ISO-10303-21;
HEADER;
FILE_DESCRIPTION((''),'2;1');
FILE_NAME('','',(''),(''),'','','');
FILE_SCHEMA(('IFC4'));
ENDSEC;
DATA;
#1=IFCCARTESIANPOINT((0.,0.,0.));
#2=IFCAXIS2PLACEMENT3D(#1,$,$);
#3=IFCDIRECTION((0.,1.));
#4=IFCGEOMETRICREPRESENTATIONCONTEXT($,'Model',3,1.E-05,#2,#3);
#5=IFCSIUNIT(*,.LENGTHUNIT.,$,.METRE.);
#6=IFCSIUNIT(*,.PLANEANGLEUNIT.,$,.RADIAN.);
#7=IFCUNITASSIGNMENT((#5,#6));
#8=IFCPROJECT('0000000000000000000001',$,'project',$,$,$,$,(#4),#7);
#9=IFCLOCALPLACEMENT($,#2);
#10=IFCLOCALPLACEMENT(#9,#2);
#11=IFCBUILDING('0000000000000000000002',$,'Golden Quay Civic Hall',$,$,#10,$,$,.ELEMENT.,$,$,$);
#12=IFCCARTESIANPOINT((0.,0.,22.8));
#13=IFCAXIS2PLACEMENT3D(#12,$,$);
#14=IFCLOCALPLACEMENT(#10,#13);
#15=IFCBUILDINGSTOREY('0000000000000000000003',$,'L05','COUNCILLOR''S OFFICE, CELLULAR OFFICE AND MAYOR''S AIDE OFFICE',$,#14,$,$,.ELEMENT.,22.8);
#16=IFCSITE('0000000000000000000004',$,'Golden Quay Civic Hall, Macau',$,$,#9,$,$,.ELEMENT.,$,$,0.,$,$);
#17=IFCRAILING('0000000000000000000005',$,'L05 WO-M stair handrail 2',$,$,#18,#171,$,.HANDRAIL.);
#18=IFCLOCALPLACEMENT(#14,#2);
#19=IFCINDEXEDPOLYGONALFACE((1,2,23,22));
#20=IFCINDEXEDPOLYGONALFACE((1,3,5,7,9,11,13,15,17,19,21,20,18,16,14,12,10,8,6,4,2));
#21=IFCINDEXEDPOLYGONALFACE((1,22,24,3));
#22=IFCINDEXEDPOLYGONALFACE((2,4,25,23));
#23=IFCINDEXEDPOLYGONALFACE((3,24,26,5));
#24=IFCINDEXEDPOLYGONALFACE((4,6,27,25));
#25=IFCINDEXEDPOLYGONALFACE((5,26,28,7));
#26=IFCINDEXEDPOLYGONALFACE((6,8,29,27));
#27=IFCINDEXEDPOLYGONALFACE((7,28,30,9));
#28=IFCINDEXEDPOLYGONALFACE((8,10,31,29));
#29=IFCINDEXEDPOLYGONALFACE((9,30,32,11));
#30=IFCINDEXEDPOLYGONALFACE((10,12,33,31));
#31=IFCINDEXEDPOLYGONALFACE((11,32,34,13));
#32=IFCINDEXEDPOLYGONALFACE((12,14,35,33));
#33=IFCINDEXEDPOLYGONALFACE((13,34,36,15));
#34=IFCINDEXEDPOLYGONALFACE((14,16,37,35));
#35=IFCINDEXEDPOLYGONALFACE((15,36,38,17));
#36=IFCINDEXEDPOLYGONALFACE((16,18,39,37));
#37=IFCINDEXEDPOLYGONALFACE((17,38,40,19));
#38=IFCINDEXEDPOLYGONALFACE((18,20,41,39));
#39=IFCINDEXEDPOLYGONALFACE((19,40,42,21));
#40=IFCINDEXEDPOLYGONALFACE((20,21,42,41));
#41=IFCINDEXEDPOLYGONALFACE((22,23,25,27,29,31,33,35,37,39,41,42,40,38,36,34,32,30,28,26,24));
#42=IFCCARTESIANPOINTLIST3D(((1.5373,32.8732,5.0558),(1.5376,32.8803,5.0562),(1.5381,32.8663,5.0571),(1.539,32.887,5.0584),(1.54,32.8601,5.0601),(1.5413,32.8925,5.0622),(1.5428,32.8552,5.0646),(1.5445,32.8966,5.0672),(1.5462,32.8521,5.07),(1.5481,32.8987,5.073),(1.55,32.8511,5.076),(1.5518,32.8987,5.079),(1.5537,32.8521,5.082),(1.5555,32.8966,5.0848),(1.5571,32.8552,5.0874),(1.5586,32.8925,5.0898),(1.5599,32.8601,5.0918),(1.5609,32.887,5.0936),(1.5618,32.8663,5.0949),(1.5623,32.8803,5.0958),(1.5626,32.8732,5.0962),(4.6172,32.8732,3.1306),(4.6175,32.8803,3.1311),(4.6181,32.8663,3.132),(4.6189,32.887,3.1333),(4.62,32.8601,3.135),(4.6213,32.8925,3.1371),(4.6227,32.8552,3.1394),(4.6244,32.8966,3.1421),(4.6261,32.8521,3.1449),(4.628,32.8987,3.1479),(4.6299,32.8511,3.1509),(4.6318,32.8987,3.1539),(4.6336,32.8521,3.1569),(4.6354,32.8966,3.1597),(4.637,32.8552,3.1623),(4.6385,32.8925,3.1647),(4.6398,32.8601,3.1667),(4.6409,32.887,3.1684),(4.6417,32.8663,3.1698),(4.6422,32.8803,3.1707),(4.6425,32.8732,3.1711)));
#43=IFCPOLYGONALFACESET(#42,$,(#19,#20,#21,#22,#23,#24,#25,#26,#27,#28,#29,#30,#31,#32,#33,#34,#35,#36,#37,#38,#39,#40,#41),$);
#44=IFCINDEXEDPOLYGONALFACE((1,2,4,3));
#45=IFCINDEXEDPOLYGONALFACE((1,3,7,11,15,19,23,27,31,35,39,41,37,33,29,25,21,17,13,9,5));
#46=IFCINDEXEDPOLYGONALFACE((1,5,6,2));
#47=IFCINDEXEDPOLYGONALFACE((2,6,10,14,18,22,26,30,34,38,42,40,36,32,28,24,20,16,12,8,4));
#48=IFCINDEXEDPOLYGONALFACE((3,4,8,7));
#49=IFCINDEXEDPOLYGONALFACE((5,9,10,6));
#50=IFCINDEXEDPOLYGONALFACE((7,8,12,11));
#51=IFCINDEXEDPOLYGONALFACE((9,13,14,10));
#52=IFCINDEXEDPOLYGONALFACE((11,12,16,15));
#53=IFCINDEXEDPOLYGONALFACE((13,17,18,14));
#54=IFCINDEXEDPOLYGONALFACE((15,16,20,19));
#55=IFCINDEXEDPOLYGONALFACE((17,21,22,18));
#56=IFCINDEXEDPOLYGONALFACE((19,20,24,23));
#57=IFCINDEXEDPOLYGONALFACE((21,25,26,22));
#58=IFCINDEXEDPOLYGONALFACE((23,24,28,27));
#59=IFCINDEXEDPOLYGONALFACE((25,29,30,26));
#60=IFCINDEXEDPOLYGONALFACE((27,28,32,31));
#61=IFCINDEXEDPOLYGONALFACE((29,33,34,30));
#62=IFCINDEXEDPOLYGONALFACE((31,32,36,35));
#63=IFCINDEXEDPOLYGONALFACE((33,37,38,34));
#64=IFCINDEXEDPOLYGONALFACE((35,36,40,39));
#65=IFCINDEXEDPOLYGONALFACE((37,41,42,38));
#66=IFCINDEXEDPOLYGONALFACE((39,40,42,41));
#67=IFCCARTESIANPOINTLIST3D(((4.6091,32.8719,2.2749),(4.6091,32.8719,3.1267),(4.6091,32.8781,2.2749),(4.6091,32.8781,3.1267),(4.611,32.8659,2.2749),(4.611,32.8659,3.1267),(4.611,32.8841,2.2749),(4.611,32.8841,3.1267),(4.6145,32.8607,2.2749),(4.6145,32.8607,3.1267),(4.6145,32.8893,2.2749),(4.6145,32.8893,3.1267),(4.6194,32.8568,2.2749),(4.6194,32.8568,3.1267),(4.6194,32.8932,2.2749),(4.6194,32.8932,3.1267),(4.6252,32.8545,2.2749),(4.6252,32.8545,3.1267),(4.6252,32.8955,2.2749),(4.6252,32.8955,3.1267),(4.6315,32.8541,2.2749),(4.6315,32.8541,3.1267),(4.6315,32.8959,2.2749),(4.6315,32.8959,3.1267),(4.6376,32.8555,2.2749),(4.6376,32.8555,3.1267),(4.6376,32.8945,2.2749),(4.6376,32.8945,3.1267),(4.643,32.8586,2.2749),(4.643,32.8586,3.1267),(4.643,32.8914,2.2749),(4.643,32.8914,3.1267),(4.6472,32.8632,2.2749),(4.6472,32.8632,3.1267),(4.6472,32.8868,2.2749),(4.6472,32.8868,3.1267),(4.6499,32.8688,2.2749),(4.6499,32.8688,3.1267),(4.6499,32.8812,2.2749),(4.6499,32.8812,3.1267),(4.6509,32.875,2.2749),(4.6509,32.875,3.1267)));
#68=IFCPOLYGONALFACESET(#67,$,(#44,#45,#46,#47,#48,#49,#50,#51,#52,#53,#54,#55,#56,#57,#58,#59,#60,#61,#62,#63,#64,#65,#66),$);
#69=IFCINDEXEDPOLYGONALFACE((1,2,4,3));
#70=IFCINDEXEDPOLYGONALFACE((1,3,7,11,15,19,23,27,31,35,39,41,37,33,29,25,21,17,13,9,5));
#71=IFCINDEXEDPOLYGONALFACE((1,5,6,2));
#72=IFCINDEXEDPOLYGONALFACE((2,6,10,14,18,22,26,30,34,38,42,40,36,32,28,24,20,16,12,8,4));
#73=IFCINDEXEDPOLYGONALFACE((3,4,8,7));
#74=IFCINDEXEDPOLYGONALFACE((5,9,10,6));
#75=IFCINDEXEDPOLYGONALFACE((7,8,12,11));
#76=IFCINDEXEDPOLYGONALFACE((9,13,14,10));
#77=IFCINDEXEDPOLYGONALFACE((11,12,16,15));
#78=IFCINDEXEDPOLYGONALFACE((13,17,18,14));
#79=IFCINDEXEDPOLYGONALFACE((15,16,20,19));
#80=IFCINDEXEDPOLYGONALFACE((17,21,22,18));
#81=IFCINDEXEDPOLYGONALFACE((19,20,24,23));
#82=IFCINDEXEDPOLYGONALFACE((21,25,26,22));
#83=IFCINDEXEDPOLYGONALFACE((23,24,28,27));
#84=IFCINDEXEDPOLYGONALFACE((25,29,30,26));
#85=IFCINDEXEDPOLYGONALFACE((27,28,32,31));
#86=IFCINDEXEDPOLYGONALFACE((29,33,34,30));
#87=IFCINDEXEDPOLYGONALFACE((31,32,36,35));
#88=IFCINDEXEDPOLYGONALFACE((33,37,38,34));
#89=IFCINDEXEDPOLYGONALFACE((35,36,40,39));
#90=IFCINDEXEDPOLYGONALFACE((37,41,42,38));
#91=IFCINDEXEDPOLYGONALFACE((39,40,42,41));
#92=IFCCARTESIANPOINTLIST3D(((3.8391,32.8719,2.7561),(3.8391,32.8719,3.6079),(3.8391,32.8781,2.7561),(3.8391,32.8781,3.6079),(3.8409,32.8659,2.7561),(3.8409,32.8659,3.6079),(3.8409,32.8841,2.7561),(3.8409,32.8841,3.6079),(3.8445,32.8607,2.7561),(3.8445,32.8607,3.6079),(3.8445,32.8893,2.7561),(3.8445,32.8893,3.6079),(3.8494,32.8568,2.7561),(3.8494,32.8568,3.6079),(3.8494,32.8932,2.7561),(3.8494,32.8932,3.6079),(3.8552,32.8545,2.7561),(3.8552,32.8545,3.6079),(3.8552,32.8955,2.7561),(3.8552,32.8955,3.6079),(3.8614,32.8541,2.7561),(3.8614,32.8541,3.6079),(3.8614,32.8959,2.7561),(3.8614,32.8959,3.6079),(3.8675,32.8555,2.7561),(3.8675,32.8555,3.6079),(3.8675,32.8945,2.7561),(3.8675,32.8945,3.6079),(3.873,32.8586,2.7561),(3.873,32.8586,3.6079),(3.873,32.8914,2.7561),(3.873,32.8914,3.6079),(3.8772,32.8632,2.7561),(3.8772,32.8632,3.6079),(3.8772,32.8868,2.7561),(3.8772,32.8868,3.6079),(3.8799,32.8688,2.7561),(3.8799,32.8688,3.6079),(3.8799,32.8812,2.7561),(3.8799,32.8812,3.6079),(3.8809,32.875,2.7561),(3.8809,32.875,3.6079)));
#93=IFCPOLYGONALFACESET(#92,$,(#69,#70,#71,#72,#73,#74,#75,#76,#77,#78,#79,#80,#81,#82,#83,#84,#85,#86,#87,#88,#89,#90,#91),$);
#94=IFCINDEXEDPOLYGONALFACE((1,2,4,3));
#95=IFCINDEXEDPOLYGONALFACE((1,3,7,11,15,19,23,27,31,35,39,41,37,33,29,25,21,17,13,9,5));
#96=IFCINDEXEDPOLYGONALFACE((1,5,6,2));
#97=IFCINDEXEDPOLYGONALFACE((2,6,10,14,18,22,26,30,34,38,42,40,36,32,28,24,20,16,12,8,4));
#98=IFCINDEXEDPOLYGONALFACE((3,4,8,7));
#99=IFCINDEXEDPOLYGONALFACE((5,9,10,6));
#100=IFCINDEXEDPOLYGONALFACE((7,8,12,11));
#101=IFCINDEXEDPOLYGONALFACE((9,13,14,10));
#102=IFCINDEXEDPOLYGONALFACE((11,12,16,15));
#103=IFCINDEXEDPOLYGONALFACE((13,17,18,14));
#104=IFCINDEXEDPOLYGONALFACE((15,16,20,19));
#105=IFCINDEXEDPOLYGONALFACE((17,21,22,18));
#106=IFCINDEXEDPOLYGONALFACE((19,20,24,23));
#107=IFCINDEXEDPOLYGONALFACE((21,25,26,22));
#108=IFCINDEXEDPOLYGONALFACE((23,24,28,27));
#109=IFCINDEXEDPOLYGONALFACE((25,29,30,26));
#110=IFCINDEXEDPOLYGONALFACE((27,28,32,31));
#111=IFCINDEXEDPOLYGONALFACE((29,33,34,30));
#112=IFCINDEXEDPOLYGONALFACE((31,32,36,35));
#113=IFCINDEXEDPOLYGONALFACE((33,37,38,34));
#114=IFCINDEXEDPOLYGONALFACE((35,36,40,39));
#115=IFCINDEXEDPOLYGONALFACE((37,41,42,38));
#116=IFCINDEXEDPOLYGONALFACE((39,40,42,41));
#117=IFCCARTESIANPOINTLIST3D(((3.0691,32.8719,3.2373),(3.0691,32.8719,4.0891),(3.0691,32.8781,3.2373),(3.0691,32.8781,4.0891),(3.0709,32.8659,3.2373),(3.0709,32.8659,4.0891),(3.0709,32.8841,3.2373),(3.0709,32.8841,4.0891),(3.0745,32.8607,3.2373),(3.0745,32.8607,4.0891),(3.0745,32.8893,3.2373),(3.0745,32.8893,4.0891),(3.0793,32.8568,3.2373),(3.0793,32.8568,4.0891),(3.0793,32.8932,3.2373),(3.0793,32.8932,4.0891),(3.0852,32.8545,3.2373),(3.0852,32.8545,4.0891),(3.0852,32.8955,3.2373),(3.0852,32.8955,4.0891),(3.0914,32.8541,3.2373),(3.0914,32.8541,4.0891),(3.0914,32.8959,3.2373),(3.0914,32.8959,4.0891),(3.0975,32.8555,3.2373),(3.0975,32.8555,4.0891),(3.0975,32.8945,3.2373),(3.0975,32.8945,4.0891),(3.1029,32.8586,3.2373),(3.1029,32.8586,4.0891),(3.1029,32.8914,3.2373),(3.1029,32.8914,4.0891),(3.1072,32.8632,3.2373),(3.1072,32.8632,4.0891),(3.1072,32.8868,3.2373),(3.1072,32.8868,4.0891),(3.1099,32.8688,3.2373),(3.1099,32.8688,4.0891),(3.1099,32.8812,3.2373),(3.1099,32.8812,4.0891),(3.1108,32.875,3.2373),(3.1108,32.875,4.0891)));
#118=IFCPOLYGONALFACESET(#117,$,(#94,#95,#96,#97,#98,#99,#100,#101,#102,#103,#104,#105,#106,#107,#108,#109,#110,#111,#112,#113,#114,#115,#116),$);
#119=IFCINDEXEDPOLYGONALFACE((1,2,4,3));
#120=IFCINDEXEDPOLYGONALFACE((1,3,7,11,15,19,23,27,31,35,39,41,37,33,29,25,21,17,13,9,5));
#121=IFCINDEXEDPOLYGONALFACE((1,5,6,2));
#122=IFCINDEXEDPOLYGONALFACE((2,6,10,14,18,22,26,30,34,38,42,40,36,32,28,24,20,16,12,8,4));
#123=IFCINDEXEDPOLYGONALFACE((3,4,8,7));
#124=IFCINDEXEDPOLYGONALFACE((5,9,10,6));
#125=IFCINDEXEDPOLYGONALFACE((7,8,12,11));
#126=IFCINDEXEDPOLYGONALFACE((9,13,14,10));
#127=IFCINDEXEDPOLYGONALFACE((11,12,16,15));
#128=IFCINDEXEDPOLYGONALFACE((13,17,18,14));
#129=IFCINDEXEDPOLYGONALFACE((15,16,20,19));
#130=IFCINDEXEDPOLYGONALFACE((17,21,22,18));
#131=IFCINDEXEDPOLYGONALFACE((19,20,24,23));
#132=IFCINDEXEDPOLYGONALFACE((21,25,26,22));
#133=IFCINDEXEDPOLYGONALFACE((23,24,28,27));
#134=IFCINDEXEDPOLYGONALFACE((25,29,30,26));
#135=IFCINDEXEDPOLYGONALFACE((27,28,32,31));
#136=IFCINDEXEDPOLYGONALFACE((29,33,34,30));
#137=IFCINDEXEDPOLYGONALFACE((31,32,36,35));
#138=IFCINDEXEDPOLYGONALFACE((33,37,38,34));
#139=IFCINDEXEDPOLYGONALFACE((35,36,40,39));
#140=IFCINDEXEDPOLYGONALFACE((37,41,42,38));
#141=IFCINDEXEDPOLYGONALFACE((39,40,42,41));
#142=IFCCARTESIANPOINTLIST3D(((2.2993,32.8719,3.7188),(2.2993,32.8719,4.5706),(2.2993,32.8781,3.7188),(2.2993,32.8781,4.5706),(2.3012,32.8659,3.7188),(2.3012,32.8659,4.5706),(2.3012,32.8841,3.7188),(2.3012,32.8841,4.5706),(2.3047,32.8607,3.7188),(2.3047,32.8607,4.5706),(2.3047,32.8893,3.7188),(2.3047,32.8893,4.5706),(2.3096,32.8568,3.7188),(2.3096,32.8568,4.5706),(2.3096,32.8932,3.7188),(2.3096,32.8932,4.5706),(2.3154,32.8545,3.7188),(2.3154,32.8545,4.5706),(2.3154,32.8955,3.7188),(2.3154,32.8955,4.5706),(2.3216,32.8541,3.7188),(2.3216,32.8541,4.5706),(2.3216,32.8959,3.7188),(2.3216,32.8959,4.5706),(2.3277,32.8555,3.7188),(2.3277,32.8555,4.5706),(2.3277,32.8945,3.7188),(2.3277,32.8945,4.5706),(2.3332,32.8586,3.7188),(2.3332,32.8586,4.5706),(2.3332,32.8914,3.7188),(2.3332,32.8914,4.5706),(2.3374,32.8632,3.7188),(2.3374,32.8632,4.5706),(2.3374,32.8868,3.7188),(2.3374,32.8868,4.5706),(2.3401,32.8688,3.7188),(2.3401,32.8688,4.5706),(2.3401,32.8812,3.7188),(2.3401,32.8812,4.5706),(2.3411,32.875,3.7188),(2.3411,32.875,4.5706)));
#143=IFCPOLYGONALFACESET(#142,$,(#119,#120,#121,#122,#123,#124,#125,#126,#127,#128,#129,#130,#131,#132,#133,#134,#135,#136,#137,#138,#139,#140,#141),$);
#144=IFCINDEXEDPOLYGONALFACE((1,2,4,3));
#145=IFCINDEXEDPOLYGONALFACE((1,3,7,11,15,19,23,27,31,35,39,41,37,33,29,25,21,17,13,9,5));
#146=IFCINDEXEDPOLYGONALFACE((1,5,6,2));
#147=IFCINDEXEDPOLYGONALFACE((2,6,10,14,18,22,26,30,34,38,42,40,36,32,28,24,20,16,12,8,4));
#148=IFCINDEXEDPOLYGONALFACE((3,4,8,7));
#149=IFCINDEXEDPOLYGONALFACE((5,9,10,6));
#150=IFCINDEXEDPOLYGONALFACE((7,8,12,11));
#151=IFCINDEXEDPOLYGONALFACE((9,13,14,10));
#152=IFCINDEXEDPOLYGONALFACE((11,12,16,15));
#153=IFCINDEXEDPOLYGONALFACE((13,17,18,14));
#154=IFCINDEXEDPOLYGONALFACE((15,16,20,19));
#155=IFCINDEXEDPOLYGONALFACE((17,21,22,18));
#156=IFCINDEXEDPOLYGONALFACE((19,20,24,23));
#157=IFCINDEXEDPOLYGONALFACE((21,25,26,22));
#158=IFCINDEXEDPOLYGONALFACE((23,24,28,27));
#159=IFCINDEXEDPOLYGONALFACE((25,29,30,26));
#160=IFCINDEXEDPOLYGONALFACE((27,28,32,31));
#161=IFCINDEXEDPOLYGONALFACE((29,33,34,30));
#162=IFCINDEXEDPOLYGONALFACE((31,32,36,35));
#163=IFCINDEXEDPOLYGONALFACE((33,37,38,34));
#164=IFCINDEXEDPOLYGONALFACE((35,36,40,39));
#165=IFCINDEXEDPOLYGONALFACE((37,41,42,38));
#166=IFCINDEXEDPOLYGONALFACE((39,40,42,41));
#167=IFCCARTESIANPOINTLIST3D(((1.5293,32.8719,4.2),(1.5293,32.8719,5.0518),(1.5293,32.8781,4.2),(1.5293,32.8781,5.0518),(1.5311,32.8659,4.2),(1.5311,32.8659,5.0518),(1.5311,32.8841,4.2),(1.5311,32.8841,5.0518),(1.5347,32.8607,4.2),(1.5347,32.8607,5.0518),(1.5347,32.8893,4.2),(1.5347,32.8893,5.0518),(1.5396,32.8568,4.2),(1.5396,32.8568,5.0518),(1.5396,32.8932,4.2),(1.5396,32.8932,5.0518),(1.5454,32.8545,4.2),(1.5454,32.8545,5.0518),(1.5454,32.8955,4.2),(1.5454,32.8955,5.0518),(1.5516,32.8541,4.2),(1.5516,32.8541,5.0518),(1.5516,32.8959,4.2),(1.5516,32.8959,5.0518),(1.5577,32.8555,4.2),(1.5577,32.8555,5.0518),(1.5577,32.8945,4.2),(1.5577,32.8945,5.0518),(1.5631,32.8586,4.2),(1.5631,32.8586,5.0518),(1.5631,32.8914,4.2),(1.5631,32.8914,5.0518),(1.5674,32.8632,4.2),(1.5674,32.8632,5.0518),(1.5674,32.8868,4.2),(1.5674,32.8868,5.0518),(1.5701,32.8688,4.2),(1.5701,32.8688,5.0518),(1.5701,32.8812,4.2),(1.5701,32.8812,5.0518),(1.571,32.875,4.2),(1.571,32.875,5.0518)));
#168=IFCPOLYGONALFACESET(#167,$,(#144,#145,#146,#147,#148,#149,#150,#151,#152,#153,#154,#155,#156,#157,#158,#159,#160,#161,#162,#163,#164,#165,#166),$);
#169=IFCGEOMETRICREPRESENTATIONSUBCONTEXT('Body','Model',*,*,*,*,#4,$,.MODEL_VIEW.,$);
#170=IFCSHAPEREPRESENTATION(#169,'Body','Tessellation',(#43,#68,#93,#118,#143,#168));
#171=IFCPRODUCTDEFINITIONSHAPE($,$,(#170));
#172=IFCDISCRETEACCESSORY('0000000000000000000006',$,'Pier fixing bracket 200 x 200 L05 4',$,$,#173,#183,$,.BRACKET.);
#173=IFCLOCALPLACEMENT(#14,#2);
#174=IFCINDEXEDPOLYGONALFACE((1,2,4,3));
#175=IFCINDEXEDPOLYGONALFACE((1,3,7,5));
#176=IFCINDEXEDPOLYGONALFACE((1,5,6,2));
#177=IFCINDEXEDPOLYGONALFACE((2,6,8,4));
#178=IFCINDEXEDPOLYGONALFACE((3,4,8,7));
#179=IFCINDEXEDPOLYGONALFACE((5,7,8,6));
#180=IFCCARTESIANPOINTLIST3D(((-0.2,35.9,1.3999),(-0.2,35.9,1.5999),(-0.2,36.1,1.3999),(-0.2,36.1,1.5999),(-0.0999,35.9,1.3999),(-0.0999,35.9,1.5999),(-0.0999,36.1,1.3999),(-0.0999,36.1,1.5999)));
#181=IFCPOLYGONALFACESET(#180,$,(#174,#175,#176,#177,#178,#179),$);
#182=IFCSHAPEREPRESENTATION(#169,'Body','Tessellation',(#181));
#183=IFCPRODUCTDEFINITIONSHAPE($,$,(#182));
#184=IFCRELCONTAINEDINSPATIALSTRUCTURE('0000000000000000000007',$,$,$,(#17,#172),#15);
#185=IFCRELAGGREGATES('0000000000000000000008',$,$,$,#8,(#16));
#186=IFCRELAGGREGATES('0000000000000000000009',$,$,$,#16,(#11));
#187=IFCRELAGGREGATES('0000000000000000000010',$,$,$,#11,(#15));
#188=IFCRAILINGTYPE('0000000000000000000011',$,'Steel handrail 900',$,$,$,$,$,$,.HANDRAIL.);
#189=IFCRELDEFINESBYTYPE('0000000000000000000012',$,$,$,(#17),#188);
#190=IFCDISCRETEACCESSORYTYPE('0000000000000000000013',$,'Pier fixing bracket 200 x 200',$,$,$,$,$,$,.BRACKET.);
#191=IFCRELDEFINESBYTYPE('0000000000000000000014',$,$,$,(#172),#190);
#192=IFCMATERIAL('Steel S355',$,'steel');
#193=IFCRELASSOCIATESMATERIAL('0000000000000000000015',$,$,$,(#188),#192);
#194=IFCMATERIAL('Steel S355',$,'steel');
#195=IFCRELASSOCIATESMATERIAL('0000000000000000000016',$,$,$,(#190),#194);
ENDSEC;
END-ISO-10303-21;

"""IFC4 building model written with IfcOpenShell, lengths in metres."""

from ifc_helpers import new_model, si_unit, direction, frame, origin, origin_2d, place, context, subcontext, project, spatial, rectangle, circle, extrude, material, type_object, element, save


model = new_model("IFC4")

# Units and contexts
model_context = context("Model", 3, precision=1e-05, world=origin(), true_north=direction((0.0, 1.0)))
body_context = subcontext(model_context, "Body", "Model", "MODEL_VIEW")
ifc_project = project(units=[si_unit("LENGTHUNIT", "METRE"), si_unit("PLANEANGLEUNIT", "RADIAN")], contexts=[model_context])

# Site, building, storey
site_placement = place(None, origin())
site = spatial("IfcSite", under=ifc_project, at=site_placement, Name="Golden Quay Civic Hall, Macau", CompositionType="ELEMENT", RefElevation=0.0)
building_placement = place(site_placement, origin())
building = spatial("IfcBuilding", under=site, at=building_placement, Name="Golden Quay Civic Hall", CompositionType="ELEMENT")
storey_placement = place(building_placement, frame((0.0, 0.0, 22.8)))
storey = spatial("IfcBuildingStorey", under=building, at=storey_placement, Name="L05", Description="COUNCILLOR'S OFFICE, CELLULAR OFFICE AND MAYOR'S AIDE OFFICE", CompositionType="ELEMENT", Elevation=22.8)

# Railing
ifc_material_1 = material(Name="Steel S355", Category="steel")
railing_type_1 = type_object("IfcRailingType", Name="Steel handrail 900", PredefinedType="HANDRAIL", material=ifc_material_1)
railing_1_placement = place(storey_placement, frame((4.6299, 32.875, 2.2749)))
element("IfcRailing", 1, at=railing_1_placement, inside=storey, type_object=railing_type_1, Name="L05 WO-M stair handrail 2", PredefinedType="HANDRAIL", context=body_context, shape_type="SweptSolid", body=[
    extrude(circle(Radius=0.0239, at=origin_2d()), frame((0.0, 0.0, 0.876), z_axis=(-0.847979, 0.0, 0.530029), x_axis=(0.0, -1.0, 0.0)), (0.0, 0.0, 1.0), 3.6321),
    extrude(circle(Radius=0.021, at=origin_2d()), origin(), (0.0, 0.0, 1.0), 0.8518),
    extrude(circle(Radius=0.021, at=origin_2d()), frame((-0.77, 0.0, 0.4812)), (0.0, 0.0, 1.0), 0.8518),
    extrude(circle(Radius=0.021, at=origin_2d()), frame((-1.54, 0.0, 0.9624)), (0.0, 0.0, 1.0), 0.8518),
    extrude(circle(Radius=0.021, at=origin_2d()), frame((-2.3098, 0.0, 1.4438)), (0.0, 0.0, 1.0), 0.8518),
    extrude(circle(Radius=0.021, at=origin_2d()), frame((-3.0798, 0.0, 1.925)), (0.0, 0.0, 1.0), 0.8518),
])

# Discrete accessory
ifc_material_2 = material(Name="Steel S355", Category="steel")
discrete_accessory_type = type_object("IfcDiscreteAccessoryType", Name="Pier fixing bracket 200 x 200", PredefinedType="BRACKET", material=ifc_material_2)
discrete_accessory_placement = place(storey_placement, frame((-0.1499, 36.0, 1.3999), z_axis=(0.0, 0.0, 1.0), x_axis=(0.0, -1.0, 0.0)))
element("IfcDiscreteAccessory", 2, at=discrete_accessory_placement, inside=storey, type_object=discrete_accessory_type, Name="Pier fixing bracket 200 x 200 L05 4", PredefinedType="BRACKET", context=body_context, shape_type="SweptSolid", body=[
    extrude(rectangle(XDim=0.2, YDim=0.1001, at=origin_2d()), origin(), (0.0, 0.0, 1.0), 0.2),
])

save(model, "model.ifc")
